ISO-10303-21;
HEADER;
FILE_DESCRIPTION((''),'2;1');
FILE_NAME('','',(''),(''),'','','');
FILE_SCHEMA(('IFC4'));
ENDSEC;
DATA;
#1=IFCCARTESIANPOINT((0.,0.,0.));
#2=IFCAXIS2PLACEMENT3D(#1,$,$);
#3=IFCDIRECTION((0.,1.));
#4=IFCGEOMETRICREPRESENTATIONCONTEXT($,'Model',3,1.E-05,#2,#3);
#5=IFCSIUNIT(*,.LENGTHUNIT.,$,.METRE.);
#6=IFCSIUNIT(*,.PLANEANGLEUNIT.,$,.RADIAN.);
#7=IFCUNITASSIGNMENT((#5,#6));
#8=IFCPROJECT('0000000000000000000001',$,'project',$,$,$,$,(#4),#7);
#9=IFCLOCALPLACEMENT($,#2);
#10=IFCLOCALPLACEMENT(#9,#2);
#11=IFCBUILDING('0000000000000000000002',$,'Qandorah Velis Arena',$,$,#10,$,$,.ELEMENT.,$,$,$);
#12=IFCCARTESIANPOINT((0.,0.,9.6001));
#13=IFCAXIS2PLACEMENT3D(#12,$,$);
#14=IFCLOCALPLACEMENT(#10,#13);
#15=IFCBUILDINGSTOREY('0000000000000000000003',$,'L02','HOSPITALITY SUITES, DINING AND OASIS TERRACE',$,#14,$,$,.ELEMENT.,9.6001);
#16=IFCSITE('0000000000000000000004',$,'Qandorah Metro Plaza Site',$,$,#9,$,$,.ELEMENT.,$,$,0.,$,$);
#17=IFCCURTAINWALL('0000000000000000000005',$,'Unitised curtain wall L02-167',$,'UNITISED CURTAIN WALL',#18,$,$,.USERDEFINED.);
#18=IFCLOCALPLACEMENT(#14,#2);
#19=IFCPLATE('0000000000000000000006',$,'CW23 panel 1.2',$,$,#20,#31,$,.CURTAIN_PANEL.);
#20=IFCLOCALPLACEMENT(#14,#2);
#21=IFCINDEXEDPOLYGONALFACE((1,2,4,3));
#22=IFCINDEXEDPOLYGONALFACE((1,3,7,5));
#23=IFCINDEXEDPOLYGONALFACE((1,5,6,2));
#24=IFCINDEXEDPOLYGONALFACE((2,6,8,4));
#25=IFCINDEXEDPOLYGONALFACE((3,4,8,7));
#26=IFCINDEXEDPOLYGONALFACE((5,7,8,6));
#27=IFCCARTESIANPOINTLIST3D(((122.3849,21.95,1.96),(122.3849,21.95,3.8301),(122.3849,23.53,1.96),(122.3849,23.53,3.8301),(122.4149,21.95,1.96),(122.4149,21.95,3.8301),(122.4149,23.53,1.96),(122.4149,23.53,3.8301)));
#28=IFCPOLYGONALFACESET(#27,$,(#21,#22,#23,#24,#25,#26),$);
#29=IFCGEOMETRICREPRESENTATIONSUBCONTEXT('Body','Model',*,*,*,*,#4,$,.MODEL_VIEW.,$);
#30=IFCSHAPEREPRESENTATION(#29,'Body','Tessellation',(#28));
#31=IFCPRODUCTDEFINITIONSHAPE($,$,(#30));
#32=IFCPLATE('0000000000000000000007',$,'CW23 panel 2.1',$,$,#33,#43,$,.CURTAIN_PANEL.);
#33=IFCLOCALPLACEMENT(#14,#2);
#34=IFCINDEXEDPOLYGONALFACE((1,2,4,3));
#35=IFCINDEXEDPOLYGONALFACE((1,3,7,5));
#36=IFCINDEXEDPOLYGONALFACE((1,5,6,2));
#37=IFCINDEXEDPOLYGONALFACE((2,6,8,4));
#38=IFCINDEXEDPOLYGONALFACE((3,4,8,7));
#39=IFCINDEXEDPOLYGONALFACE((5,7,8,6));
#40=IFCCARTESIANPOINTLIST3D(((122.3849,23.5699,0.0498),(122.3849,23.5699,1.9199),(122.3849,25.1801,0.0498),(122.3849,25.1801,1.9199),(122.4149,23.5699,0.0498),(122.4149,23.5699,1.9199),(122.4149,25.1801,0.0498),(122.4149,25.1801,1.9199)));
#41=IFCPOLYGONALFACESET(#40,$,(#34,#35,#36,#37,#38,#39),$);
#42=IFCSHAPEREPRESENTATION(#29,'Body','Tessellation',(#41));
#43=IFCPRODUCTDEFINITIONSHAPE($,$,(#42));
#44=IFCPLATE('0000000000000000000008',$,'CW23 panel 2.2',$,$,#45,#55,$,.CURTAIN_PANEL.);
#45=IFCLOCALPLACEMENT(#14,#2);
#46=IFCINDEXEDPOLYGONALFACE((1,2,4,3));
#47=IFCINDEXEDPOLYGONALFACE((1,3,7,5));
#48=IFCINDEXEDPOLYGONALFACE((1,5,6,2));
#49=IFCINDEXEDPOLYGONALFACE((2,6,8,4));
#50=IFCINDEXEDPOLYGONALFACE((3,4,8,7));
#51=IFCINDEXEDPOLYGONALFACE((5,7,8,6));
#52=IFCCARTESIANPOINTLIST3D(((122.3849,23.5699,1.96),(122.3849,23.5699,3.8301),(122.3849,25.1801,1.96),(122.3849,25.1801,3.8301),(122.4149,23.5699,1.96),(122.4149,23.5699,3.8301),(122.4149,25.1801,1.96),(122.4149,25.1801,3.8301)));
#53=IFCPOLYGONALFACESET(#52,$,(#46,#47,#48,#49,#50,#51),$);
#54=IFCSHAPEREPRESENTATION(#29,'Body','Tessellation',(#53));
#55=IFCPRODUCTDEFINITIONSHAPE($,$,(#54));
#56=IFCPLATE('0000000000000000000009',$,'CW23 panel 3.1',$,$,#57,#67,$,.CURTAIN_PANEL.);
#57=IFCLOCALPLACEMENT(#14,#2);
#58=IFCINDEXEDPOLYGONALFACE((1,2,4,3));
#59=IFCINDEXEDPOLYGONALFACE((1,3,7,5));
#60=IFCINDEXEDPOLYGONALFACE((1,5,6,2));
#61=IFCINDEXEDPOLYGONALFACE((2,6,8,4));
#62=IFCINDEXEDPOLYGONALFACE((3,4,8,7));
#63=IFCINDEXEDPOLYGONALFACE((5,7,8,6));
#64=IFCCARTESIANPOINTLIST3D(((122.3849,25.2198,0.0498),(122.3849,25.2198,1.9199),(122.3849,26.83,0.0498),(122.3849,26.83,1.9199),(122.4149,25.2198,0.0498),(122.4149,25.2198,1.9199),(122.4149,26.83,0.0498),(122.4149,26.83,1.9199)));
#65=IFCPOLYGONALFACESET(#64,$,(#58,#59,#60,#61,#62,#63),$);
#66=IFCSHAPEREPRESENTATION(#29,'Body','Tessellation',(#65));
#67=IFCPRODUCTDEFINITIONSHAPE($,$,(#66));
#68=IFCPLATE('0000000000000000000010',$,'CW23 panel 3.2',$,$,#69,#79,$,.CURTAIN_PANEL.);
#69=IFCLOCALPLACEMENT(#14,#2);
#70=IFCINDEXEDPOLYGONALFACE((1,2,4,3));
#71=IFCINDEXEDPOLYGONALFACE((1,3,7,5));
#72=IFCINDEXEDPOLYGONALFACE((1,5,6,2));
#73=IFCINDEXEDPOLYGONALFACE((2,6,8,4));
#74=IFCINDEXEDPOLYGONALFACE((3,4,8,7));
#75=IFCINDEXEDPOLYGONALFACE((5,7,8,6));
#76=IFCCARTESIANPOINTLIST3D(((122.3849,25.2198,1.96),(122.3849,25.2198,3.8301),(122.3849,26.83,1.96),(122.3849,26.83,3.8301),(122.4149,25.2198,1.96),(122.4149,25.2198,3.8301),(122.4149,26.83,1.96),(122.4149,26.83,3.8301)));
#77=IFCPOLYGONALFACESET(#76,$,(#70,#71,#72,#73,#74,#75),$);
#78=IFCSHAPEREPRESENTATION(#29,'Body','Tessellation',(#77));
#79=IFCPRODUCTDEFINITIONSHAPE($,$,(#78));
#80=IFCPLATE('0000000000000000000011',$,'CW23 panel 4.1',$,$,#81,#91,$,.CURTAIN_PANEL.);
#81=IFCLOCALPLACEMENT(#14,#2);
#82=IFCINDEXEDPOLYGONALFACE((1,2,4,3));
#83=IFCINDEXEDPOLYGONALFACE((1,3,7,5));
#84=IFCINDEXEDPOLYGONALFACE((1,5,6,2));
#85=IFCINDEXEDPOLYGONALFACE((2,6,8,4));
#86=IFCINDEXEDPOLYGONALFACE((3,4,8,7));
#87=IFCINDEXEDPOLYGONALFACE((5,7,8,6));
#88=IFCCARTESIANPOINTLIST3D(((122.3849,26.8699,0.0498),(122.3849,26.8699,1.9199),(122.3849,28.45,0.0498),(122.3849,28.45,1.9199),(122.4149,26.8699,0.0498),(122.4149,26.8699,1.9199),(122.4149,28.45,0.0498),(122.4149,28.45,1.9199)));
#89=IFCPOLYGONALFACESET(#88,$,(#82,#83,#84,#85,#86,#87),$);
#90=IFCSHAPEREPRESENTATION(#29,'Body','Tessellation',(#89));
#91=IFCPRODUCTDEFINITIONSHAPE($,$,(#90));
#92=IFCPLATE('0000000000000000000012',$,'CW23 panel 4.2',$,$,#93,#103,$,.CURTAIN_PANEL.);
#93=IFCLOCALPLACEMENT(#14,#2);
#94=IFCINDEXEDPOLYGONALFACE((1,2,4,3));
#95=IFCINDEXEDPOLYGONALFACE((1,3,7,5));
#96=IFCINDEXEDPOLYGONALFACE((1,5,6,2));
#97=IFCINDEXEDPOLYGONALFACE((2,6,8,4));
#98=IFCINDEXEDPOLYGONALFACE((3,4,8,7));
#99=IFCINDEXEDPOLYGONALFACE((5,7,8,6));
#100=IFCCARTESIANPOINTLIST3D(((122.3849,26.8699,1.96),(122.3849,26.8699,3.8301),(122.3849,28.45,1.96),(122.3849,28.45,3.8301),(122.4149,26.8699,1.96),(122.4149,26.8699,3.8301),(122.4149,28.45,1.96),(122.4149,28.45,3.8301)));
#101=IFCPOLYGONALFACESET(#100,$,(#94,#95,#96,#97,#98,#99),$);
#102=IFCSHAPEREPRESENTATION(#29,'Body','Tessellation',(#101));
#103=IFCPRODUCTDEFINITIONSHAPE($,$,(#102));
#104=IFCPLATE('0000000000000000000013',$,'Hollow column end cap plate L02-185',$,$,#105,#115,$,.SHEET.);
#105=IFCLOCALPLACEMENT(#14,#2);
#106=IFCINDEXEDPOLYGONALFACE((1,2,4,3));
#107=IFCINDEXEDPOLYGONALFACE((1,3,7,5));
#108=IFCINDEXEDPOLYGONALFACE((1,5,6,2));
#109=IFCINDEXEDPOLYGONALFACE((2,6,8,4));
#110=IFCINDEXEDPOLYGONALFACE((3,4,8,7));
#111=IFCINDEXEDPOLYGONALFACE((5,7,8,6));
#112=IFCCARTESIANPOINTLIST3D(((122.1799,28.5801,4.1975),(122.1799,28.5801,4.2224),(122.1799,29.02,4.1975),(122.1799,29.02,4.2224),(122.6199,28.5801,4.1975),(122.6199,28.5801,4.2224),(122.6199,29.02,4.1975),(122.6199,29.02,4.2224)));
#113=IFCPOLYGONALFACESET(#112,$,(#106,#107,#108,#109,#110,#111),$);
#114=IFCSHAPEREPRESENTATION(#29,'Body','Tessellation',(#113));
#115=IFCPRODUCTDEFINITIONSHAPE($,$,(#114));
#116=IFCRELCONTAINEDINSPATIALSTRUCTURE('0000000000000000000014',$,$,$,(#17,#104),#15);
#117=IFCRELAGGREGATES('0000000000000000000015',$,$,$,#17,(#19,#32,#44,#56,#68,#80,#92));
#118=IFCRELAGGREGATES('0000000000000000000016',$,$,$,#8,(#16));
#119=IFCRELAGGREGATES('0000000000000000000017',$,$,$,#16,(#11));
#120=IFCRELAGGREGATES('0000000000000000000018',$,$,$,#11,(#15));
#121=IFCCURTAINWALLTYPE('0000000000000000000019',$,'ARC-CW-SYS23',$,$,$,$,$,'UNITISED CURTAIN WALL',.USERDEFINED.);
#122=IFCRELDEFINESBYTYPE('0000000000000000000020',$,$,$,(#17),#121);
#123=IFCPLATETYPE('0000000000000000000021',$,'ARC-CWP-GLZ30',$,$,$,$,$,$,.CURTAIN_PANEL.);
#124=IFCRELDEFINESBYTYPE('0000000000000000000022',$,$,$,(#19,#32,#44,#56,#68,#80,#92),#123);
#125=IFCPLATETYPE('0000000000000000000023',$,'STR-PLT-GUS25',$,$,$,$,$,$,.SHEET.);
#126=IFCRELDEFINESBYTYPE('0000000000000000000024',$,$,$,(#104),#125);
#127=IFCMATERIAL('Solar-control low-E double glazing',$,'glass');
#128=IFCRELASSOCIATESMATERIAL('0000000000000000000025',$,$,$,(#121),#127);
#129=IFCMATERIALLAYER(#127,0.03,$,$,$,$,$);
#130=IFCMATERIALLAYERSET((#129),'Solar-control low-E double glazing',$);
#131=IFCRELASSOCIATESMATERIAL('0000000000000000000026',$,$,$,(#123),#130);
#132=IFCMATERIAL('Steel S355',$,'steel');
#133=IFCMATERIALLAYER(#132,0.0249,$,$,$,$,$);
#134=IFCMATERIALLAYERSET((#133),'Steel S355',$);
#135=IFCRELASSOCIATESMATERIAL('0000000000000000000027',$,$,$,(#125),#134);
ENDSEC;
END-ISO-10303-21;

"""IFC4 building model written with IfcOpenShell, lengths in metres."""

from ifc_helpers import new_model, si_unit, direction, frame, origin, origin_2d, place, context, subcontext, project, spatial, rectangle, extrude, material, layer, layer_set, type_object, element, aggregate, save


model = new_model("IFC4")

# Units and contexts
model_context = context("Model", 3, precision=1e-05, world=origin(), true_north=direction((0.0, 1.0)))
body_context = subcontext(model_context, "Body", "Model", "MODEL_VIEW")
ifc_project = project(units=[si_unit("LENGTHUNIT", "METRE"), si_unit("PLANEANGLEUNIT", "RADIAN")], contexts=[model_context])

# Site, building, storey
site_placement = place(None, origin())
site = spatial("IfcSite", under=ifc_project, at=site_placement, Name="Qandorah Metro Plaza Site", CompositionType="ELEMENT", RefElevation=0.0)
building_placement = place(site_placement, origin())
building = spatial("IfcBuilding", under=site, at=building_placement, Name="Qandorah Velis Arena", CompositionType="ELEMENT")
storey_placement = place(building_placement, frame((0.0, 0.0, 9.6001)))
storey = spatial("IfcBuildingStorey", under=building, at=storey_placement, Name="L02", Description="HOSPITALITY SUITES, DINING AND OASIS TERRACE", CompositionType="ELEMENT", Elevation=9.6001)

# Shared definitions
ifc_material_1 = material(Name="Steel S355", Category="steel")

# Curtain wall
ifc_material_2 = material(Name="Solar-control low-E double glazing", Category="glass")
curtain_wall_type_1 = type_object("IfcCurtainWallType", Name="ARC-CW-SYS23", ElementType="UNITISED CURTAIN WALL", PredefinedType="USERDEFINED", material=ifc_material_2)
curtain_wall_1_placement = place(storey_placement, origin())
curtain_wall_1 = element("IfcCurtainWall", 1, at=curtain_wall_1_placement, inside=storey, type_object=curtain_wall_type_1, Name="Unitised curtain wall L02-167", ObjectType="UNITISED CURTAIN WALL", PredefinedType="USERDEFINED")

# Plates
ifc_layer_1 = layer(ifc_material_2, 0.03)
ifc_layer_set_1 = layer_set([ifc_layer_1], Name="Solar-control low-E double glazing")
plate_type_1 = type_object("IfcPlateType", Name="ARC-CWP-GLZ30", PredefinedType="CURTAIN_PANEL", material=ifc_layer_set_1)
plate_1_placement = place(storey_placement, frame((122.3999, 22.74, 1.96), z_axis=(0.0, 0.0, 1.0), x_axis=(0.0, 1.0, 0.0)))
plate_1 = element("IfcPlate", 2, at=plate_1_placement, type_object=plate_type_1, Name="CW23 panel 1.2", PredefinedType="CURTAIN_PANEL", context=body_context, shape_type="SweptSolid", body=[
    extrude(rectangle(XDim=1.5801, YDim=0.03, at=origin_2d()), origin(), (0.0, 0.0, 1.0), 1.8701),
])
plate_2_placement = place(storey_placement, frame((122.3999, 24.375, 0.0498), z_axis=(0.0, 0.0, 1.0), x_axis=(0.0, 1.0, 0.0)))
plate_2 = element("IfcPlate", 3, at=plate_2_placement, type_object=plate_type_1, Name="CW23 panel 2.1", PredefinedType="CURTAIN_PANEL", context=body_context, shape_type="SweptSolid", body=[
    extrude(rectangle(XDim=1.6101, YDim=0.03, at=origin_2d()), origin(), (0.0, 0.0, 1.0), 1.8701),
])
plate_3_placement = place(storey_placement, frame((122.3999, 24.375, 1.96), z_axis=(0.0, 0.0, 1.0), x_axis=(0.0, 1.0, 0.0)))
plate_3 = element("IfcPlate", 4, at=plate_3_placement, type_object=plate_type_1, Name="CW23 panel 2.2", PredefinedType="CURTAIN_PANEL", context=body_context, shape_type="SweptSolid", body=[
    extrude(rectangle(XDim=1.6101, YDim=0.03, at=origin_2d()), origin(), (0.0, 0.0, 1.0), 1.8701),
])
plate_4_placement = place(storey_placement, frame((122.3999, 26.0249, 0.0498), z_axis=(0.0, 0.0, 1.0), x_axis=(0.0, 1.0, 0.0)))
plate_4 = element("IfcPlate", 5, at=plate_4_placement, type_object=plate_type_1, Name="CW23 panel 3.1", PredefinedType="CURTAIN_PANEL", context=body_context, shape_type="SweptSolid", body=[
    extrude(rectangle(XDim=1.6101, YDim=0.03, at=origin_2d()), origin(), (0.0, 0.0, 1.0), 1.8701),
])
plate_5_placement = place(storey_placement, frame((122.3999, 26.0249, 1.96), z_axis=(0.0, 0.0, 1.0), x_axis=(0.0, 1.0, 0.0)))
plate_5 = element("IfcPlate", 6, at=plate_5_placement, type_object=plate_type_1, Name="CW23 panel 3.2", PredefinedType="CURTAIN_PANEL", context=body_context, shape_type="SweptSolid", body=[
    extrude(rectangle(XDim=1.6101, YDim=0.03, at=origin_2d()), origin(), (0.0, 0.0, 1.0), 1.8701),
])
plate_6_placement = place(storey_placement, frame((122.3999, 27.6599, 0.0498), z_axis=(0.0, 0.0, 1.0), x_axis=(0.0, 1.0, 0.0)))
plate_6 = element("IfcPlate", 7, at=plate_6_placement, type_object=plate_type_1, Name="CW23 panel 4.1", PredefinedType="CURTAIN_PANEL", context=body_context, shape_type="SweptSolid", body=[
    extrude(rectangle(XDim=1.5801, YDim=0.03, at=origin_2d()), origin(), (0.0, 0.0, 1.0), 1.8701),
])
plate_7_placement = place(storey_placement, frame((122.3999, 27.6599, 1.96), z_axis=(0.0, 0.0, 1.0), x_axis=(0.0, 1.0, 0.0)))
plate_7 = element("IfcPlate", 8, at=plate_7_placement, type_object=plate_type_1, Name="CW23 panel 4.2", PredefinedType="CURTAIN_PANEL", context=body_context, shape_type="SweptSolid", body=[
    extrude(rectangle(XDim=1.5801, YDim=0.03, at=origin_2d()), origin(), (0.0, 0.0, 1.0), 1.8701),
])
aggregate(curtain_wall_1, [plate_1, plate_2, plate_3, plate_4, plate_5, plate_6, plate_7])
ifc_layer_2 = layer(ifc_material_1, 0.0249)
ifc_layer_set_2 = layer_set([ifc_layer_2], Name="Steel S355")
plate_type_2 = type_object("IfcPlateType", Name="STR-PLT-GUS25", PredefinedType="SHEET", material=ifc_layer_set_2)
plate_8_placement = place(storey_placement, frame((122.3999, 28.8, 4.1975), z_axis=(0.0, 0.0, 1.0), x_axis=(1.0, 0.0, 0.0)))
element("IfcPlate", 9, at=plate_8_placement, inside=storey, type_object=plate_type_2, Name="Hollow column end cap plate L02-185", PredefinedType="SHEET", context=body_context, shape_type="SweptSolid", body=[
    extrude(rectangle(XDim=0.4399, YDim=0.4399, at=origin_2d()), origin(), (0.0, 0.0, 1.0), 0.0249),
])

save(model, "model.ifc")
